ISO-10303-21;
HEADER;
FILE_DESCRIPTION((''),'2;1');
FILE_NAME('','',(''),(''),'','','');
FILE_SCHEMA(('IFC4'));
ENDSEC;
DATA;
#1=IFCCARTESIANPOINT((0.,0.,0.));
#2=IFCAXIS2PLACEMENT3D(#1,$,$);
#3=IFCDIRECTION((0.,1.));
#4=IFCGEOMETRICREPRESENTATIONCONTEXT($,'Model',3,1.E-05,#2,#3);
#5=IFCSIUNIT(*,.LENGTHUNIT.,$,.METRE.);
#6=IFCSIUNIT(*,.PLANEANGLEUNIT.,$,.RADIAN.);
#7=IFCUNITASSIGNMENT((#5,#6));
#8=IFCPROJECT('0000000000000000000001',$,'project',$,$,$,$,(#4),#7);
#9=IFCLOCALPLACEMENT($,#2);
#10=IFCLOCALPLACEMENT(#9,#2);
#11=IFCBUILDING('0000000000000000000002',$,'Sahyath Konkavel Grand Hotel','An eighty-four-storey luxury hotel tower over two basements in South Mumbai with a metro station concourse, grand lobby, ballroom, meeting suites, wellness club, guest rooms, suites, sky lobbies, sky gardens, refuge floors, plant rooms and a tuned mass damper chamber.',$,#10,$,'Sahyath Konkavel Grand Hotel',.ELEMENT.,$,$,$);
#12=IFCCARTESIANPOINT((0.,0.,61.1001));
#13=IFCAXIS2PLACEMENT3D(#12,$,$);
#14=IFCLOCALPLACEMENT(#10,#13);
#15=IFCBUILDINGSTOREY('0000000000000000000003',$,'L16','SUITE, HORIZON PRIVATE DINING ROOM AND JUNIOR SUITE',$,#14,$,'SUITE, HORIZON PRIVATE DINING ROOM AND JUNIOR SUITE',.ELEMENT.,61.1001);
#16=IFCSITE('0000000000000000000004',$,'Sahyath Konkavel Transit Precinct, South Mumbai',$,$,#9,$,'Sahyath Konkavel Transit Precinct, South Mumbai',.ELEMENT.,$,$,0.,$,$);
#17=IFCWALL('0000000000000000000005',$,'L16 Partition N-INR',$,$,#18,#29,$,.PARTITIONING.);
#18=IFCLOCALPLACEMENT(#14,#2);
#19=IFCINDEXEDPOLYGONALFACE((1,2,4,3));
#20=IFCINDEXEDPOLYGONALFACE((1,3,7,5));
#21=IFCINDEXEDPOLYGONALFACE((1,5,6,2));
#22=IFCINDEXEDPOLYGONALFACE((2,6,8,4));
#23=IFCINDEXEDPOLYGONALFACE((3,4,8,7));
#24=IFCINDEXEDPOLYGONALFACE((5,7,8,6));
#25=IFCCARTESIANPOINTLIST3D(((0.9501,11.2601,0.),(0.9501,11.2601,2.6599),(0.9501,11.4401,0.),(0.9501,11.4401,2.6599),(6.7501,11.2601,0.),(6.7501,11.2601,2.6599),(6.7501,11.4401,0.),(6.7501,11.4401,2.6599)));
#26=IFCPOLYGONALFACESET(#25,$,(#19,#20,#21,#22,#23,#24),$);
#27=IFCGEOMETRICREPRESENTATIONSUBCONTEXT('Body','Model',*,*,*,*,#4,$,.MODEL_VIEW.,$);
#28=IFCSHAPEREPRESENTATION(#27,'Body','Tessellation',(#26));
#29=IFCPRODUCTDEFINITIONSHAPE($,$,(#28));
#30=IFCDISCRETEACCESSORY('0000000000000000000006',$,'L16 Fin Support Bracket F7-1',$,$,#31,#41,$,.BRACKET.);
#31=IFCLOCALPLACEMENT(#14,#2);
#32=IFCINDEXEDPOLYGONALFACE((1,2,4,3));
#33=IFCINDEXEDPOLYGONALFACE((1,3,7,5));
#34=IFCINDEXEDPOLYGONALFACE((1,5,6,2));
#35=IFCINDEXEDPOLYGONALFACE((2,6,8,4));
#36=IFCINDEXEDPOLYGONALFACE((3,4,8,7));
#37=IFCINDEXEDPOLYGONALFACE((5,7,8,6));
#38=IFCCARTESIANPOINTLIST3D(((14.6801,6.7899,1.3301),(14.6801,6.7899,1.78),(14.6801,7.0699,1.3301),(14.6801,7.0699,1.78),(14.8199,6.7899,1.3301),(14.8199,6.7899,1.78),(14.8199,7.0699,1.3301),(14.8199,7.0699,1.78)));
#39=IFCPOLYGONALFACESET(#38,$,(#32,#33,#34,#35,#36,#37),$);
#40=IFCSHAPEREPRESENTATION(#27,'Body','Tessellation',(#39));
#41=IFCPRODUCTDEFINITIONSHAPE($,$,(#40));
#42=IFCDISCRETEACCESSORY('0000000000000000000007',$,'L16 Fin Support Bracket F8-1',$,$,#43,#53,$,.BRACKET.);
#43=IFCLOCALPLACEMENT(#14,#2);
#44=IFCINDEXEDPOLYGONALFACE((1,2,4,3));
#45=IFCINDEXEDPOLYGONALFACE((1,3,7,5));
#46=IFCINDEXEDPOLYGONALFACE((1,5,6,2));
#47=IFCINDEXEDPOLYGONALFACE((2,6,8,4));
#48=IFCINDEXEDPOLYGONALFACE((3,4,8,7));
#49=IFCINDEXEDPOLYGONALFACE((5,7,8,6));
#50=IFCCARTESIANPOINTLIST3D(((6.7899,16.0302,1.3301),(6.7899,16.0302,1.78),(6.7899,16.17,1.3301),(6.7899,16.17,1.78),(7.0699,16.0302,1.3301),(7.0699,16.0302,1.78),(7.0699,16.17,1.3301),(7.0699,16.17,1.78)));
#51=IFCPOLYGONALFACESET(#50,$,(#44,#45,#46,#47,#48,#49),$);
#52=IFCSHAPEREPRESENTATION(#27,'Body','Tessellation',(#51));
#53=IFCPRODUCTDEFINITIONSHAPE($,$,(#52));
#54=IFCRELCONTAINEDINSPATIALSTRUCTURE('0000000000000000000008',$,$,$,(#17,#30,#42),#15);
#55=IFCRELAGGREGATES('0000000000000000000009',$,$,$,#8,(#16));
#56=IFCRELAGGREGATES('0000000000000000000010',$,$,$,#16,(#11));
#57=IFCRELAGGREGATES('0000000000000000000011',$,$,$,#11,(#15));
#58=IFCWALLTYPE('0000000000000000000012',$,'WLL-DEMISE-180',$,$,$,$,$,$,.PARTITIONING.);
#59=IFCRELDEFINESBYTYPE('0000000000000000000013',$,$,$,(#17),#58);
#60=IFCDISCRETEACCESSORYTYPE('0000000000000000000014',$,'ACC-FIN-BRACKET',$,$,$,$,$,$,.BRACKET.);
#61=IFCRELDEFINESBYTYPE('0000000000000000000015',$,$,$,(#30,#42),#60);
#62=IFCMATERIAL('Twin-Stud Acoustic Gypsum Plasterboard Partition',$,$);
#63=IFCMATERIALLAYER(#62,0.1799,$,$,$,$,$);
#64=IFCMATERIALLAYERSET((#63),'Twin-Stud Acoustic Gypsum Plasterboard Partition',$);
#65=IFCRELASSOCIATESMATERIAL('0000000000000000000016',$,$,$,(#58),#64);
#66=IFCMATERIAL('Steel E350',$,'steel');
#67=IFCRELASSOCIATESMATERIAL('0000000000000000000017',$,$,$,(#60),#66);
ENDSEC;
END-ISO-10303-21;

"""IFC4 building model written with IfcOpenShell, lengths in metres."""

from ifc_helpers import new_model, si_unit, direction, frame, frame_2d, origin, origin_2d, place, context, subcontext, project, spatial, rectangle, extrude, source, transform, mapped, material, layer, layer_set, type_object, element, save


model = new_model("IFC4")

# Units and contexts
model_context = context("Model", 3, precision=1e-05, world=origin(), true_north=direction((0.0, 1.0)))
body_context = subcontext(model_context, "Body", "Model", "MODEL_VIEW")
ifc_project = project(units=[si_unit("LENGTHUNIT", "METRE"), si_unit("PLANEANGLEUNIT", "RADIAN")], contexts=[model_context])

# Site, building, storey
site_placement = place(None, origin())
site = spatial("IfcSite", under=ifc_project, at=site_placement, Name="Sahyath Konkavel Transit Precinct, South Mumbai", LongName="Sahyath Konkavel Transit Precinct, South Mumbai", CompositionType="ELEMENT", RefElevation=0.0)
building_placement = place(site_placement, origin())
building = spatial("IfcBuilding", under=site, at=building_placement, Name="Sahyath Konkavel Grand Hotel", Description="An eighty-four-storey luxury hotel tower over two basements in South Mumbai with a metro station concourse, grand lobby, ballroom, meeting suites, wellness club, guest rooms, suites, sky lobbies, sky gardens, refuge floors, plant rooms and a tuned mass damper chamber.", LongName="Sahyath Konkavel Grand Hotel", CompositionType="ELEMENT")
storey_placement = place(building_placement, frame((0.0, 0.0, 61.1001)))
storey = spatial("IfcBuildingStorey", under=building, at=storey_placement, Name="L16", Description="SUITE, HORIZON PRIVATE DINING ROOM AND JUNIOR SUITE", LongName="SUITE, HORIZON PRIVATE DINING ROOM AND JUNIOR SUITE", CompositionType="ELEMENT", Elevation=61.1001)

# Shared definitions
ifc_material_1 = material(Name="Steel E350", Category="steel")

# Wall
ifc_material_2 = material(Name="Twin-Stud Acoustic Gypsum Plasterboard Partition")
ifc_layer_1 = layer(ifc_material_2, 0.1799)
ifc_layer_set_1 = layer_set([ifc_layer_1], Name="Twin-Stud Acoustic Gypsum Plasterboard Partition")
wall_type_1 = type_object("IfcWallType", Name="WLL-DEMISE-180", PredefinedType="PARTITIONING", material=ifc_layer_set_1)
wall_placement = place(storey_placement, frame((6.75, 11.3501, 0.0), z_axis=(0.0, 0.0, 1.0), x_axis=(-1.0, 0.0, 0.0)))
element("IfcWall", 1, at=wall_placement, inside=storey, type_object=wall_type_1, Name="L16 Partition N-INR", PredefinedType="PARTITIONING", context=body_context, shape_type="SweptSolid", body=[
    extrude(rectangle(XDim=5.8, YDim=0.1799, at=frame_2d((2.8999, 0.0))), origin(), (0.0, 0.0, 1.0), 2.6599),
])

# Discrete accessories
discrete_accessory_type = type_object("IfcDiscreteAccessoryType", Name="ACC-FIN-BRACKET", PredefinedType="BRACKET", material=ifc_material_1)
shared_shape_1 = source(origin(), body_context, "Body", "SweptSolid", [
    extrude(rectangle(XDim=0.28, YDim=0.1399, at=origin_2d()), origin(), (0.0, 0.0, 1.0), 0.45),
])
for number, where, z_axis, x_axis, name in (
    (2, (14.75, 6.9299, 1.3301), (0.0, 0.0, 1.0), (0.0, 1.0, 0.0), "L16 Fin Support Bracket F7-1"),
    (3, (6.9299, 16.1001, 1.3301), (0.0, 0.0, 1.0), (1.0, 0.0, 0.0), "L16 Fin Support Bracket F8-1"),
):
    element("IfcDiscreteAccessory", number, at=place(storey_placement, frame(where, z_axis=z_axis, x_axis=x_axis)), inside=storey, type_object=discrete_accessory_type, Name=name, PredefinedType="BRACKET", context=body_context, shape_type="MappedRepresentation", body=[
        mapped(shared_shape_1, transform((0.0, 0.0, 0.0), scale=1.0)),
    ])

save(model, "model.ifc")
